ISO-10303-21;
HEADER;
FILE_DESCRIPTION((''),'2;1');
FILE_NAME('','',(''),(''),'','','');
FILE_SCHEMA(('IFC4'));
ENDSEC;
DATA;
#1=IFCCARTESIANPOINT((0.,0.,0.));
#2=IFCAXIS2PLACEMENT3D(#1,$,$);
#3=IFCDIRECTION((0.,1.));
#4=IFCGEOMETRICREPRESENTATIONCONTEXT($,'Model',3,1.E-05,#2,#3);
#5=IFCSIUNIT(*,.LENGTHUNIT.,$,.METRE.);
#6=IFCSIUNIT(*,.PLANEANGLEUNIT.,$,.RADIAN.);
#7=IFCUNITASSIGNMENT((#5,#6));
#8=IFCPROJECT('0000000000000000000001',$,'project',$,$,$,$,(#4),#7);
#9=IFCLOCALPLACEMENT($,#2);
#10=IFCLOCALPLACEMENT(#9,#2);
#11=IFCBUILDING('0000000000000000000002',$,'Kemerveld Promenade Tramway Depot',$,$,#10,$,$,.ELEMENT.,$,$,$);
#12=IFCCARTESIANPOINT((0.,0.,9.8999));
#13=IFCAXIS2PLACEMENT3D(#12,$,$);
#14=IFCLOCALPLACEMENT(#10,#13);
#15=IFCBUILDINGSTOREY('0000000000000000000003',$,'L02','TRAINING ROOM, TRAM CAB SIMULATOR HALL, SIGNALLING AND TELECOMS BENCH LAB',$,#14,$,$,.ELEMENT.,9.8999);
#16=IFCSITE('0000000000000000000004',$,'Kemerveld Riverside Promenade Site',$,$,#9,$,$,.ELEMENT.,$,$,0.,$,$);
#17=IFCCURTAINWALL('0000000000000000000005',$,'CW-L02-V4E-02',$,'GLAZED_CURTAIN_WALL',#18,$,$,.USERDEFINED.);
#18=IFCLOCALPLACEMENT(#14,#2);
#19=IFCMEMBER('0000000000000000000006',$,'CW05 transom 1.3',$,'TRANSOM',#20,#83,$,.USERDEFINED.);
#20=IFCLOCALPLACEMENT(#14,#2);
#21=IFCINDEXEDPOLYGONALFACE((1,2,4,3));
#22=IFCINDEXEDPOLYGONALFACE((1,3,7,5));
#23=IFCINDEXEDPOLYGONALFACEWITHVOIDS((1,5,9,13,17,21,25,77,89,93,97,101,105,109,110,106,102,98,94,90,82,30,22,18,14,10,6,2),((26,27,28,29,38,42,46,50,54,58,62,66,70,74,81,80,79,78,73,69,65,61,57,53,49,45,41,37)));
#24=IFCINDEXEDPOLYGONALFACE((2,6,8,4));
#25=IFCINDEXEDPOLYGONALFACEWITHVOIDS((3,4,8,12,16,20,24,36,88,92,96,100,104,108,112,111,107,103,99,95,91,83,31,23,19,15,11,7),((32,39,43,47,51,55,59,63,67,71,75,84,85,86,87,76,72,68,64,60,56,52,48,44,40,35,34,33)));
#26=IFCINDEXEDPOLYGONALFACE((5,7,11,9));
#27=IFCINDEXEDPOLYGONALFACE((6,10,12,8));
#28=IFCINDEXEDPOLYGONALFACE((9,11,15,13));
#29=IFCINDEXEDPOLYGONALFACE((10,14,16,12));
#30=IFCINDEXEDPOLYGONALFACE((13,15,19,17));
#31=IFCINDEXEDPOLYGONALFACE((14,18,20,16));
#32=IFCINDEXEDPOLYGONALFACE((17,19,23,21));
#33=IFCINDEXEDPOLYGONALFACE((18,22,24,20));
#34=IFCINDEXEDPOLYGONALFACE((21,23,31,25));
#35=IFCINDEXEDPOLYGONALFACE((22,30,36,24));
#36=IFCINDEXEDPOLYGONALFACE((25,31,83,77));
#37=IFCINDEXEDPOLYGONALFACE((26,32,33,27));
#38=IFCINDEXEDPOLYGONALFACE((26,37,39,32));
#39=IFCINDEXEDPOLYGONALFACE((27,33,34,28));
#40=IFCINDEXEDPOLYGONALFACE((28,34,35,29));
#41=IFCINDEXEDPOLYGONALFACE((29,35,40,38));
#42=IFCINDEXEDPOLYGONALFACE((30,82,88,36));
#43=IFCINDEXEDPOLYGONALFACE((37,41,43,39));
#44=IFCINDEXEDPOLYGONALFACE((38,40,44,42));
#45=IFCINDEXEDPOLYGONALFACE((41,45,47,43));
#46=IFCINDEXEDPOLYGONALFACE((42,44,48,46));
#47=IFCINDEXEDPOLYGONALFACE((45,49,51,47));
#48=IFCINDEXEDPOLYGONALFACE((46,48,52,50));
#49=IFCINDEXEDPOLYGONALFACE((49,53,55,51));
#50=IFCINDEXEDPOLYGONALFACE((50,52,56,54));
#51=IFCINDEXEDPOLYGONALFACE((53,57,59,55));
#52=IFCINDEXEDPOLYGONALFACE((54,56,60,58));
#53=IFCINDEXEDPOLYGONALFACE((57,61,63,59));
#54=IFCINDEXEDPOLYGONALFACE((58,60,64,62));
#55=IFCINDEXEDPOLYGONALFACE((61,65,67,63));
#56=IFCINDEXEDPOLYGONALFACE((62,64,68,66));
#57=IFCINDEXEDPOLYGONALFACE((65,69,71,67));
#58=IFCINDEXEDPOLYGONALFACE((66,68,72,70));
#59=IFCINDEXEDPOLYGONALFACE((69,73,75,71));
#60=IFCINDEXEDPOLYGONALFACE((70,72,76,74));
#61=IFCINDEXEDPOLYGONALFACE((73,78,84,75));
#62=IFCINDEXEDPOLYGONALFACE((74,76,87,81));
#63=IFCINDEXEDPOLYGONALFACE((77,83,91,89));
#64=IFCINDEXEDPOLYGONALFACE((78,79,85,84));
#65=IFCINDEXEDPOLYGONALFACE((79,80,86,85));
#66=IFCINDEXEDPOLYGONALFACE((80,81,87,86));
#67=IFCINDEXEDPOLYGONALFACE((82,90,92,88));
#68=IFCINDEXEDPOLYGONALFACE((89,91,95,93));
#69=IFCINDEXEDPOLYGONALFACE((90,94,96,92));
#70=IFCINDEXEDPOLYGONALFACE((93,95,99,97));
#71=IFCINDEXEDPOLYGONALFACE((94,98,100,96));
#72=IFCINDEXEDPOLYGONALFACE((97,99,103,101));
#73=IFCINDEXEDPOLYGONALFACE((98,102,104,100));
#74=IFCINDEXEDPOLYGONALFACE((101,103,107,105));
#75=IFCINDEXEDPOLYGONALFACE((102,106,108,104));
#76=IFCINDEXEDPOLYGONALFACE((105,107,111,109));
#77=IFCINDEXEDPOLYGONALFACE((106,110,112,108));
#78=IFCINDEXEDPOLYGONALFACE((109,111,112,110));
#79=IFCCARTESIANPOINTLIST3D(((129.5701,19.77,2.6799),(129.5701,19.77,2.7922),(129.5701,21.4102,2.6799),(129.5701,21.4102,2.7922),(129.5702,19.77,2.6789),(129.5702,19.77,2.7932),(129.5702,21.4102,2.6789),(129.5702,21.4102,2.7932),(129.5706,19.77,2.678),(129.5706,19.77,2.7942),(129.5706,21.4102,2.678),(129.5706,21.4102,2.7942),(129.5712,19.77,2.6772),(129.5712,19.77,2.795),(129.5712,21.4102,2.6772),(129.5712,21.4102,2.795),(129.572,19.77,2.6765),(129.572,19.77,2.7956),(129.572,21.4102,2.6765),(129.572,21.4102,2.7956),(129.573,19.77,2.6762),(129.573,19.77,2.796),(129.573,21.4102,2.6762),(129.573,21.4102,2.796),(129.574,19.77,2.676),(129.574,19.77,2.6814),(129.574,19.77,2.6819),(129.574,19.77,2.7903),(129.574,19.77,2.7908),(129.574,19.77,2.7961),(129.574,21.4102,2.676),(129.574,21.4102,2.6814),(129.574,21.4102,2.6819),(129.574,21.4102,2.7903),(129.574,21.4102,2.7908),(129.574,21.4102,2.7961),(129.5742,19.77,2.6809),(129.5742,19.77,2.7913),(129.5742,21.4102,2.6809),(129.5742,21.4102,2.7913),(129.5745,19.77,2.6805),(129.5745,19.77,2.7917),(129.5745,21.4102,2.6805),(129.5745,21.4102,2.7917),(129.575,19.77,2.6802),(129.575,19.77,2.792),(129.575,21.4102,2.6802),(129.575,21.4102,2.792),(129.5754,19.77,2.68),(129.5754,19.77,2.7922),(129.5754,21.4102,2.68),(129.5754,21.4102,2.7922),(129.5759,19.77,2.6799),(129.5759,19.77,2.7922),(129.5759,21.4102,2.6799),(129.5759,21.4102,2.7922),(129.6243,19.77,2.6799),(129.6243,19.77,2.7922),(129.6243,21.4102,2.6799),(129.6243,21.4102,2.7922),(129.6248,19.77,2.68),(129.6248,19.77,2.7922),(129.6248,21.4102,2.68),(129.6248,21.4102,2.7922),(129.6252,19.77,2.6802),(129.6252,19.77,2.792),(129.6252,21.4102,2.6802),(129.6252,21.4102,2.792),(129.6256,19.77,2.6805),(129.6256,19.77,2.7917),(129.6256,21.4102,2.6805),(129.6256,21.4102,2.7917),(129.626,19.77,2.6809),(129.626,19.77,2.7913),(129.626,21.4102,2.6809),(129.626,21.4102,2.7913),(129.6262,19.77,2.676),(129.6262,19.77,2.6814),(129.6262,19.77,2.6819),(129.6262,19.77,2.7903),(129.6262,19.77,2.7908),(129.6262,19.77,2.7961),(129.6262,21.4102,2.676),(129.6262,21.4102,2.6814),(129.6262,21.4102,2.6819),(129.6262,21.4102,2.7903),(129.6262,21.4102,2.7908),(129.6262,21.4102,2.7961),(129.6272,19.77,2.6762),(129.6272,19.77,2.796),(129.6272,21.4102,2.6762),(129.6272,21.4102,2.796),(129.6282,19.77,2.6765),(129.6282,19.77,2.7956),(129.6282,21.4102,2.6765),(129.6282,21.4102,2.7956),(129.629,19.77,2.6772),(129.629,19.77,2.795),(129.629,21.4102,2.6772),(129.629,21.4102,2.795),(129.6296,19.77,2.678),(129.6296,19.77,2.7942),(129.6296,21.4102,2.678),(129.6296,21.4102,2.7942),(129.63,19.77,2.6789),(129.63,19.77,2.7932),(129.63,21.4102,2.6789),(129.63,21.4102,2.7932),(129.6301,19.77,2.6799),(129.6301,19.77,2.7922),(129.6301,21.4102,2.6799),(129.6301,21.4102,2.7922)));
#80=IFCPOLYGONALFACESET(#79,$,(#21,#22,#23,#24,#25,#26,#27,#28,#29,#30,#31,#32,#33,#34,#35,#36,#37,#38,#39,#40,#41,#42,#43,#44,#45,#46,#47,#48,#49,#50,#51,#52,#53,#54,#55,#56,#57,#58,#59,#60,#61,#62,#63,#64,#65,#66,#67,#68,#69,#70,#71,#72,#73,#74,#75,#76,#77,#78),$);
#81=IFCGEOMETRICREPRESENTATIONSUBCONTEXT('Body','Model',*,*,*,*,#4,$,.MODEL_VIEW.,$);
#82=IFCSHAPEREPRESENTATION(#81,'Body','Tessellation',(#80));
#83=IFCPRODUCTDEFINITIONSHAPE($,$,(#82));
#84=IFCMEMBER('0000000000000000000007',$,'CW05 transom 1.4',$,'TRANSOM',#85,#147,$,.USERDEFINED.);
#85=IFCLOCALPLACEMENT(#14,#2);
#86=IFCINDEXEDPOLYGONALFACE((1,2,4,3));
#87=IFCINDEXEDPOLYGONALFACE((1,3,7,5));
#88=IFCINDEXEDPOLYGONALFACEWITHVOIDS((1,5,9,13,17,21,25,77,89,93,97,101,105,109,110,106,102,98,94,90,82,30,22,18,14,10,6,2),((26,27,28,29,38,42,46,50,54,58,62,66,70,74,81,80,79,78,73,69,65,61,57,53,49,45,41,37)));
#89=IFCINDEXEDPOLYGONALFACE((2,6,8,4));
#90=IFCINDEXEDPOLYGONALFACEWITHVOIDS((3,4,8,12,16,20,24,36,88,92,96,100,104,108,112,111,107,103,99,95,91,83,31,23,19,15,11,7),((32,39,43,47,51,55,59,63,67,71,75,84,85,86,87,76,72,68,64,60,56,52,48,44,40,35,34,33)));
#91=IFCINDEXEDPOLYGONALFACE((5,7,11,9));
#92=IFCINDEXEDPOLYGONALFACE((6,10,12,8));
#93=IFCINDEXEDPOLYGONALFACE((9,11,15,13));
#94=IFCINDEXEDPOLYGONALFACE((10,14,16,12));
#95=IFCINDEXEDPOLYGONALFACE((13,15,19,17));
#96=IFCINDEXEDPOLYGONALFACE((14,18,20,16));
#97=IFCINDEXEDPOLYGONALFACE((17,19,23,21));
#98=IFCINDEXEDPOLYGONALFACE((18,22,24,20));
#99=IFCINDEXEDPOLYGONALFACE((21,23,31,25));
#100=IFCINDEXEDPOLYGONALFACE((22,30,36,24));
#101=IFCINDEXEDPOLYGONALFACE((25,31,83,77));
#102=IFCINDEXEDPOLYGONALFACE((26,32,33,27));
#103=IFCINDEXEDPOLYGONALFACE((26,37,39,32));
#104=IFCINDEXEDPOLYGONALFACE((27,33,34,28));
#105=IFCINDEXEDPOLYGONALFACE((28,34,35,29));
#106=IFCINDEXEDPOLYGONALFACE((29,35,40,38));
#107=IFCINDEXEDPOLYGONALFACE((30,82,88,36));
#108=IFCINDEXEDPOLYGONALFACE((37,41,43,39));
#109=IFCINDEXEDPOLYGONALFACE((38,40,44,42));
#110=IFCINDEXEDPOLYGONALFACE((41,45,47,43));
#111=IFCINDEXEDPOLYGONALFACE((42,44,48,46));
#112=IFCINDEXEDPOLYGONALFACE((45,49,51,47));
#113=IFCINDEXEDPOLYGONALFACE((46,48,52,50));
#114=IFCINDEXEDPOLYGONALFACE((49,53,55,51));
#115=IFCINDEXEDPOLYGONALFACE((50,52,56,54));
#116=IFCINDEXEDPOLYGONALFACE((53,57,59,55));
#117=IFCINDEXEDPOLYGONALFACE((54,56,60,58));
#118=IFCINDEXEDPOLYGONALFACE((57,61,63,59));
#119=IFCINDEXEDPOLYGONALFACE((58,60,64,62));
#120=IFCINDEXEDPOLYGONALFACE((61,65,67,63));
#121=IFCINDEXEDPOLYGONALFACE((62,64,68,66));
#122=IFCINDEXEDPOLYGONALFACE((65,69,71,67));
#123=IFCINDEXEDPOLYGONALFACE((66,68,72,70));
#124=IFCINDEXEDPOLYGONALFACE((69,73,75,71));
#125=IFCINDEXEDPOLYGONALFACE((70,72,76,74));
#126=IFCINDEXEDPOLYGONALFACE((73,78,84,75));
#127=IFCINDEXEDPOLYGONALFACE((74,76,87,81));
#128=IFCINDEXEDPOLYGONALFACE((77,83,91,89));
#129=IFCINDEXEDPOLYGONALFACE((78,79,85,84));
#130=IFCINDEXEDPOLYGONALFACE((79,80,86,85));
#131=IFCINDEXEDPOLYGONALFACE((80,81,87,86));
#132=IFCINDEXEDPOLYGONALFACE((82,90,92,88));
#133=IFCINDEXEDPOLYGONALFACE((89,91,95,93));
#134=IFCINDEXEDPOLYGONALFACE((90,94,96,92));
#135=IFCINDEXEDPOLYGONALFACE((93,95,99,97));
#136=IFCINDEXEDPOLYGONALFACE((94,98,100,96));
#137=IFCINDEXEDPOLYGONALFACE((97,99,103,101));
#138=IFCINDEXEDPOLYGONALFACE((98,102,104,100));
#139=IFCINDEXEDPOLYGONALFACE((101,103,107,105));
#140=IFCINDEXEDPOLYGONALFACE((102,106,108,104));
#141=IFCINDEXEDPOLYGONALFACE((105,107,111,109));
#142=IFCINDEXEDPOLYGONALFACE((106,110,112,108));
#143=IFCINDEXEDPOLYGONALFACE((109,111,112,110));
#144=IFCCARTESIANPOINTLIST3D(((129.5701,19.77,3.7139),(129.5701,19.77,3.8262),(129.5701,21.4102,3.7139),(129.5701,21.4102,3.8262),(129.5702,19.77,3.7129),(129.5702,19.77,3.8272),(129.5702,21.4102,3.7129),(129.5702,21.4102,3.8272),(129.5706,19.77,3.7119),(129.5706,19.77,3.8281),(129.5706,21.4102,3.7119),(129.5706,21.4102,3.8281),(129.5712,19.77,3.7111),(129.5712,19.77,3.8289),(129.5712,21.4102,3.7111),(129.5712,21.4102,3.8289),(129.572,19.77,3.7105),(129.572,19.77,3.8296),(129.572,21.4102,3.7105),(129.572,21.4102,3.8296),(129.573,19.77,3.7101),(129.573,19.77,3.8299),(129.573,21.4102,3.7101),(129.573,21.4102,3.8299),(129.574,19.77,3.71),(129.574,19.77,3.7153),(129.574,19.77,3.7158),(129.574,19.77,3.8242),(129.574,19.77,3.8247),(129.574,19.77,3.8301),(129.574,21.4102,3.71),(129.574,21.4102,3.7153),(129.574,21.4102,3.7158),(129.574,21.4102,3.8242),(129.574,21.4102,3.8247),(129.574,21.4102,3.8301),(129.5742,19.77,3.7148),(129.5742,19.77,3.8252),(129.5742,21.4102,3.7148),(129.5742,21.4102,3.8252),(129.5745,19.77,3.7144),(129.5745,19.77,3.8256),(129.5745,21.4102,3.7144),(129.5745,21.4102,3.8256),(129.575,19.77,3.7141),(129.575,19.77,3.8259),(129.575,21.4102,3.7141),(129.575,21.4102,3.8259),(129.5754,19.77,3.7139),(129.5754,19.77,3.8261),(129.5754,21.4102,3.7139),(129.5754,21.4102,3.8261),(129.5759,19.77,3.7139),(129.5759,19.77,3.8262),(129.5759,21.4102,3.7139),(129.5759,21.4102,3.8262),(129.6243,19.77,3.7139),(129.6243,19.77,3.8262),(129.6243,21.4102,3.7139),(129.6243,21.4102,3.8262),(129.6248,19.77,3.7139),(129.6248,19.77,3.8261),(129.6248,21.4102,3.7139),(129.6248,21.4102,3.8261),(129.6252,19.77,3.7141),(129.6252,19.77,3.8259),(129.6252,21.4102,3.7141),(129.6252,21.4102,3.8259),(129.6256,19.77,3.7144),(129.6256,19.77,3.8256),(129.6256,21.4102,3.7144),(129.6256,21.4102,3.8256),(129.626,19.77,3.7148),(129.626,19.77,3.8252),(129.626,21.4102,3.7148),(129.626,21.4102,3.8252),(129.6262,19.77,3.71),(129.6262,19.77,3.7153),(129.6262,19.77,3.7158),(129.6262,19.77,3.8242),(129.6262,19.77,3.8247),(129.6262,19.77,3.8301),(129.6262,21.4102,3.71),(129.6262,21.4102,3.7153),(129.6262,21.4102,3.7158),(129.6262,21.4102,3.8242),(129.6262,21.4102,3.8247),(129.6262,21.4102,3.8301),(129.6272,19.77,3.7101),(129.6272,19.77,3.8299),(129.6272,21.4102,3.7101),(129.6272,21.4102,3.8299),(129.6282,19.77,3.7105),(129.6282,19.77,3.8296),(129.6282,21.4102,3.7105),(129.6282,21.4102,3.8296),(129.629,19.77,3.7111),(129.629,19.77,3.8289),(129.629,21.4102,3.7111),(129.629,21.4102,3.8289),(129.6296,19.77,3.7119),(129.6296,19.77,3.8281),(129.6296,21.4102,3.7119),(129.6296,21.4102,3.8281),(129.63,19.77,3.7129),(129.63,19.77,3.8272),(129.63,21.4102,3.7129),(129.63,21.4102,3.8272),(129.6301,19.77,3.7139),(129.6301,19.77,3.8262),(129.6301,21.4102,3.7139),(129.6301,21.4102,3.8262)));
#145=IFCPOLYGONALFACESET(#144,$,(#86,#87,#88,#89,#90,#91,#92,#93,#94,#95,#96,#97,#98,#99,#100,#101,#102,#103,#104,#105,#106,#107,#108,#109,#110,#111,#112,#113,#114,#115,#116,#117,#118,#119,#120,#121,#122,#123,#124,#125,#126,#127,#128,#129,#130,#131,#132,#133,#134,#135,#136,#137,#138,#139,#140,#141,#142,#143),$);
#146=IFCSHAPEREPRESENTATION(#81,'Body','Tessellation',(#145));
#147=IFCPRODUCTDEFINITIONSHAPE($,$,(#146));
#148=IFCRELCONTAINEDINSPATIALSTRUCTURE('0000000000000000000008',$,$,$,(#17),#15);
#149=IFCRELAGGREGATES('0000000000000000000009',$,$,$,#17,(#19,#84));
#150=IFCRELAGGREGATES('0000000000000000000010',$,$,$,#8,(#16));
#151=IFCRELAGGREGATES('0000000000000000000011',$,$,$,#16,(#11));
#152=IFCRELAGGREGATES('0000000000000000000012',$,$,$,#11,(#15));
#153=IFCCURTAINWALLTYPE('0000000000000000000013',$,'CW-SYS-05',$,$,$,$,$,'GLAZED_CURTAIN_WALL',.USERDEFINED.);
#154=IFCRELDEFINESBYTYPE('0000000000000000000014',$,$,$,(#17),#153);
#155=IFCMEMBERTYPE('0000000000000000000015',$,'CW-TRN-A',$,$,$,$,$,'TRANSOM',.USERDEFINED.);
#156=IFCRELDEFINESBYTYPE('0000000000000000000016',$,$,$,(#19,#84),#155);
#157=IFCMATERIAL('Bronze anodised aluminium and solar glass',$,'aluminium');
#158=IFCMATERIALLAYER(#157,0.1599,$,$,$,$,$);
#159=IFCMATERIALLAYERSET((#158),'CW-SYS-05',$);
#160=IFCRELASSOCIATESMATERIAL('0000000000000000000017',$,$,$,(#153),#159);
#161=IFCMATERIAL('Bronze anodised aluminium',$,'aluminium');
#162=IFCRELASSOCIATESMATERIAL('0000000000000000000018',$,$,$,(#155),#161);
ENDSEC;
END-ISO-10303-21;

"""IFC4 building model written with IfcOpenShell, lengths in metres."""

from ifc_helpers import new_model, si_unit, direction, frame, origin, origin_2d, place, context, subcontext, project, spatial, hollow_rectangle, extrude, material, layer, layer_set, material_profile, profile_set, type_object, element, aggregate, save


model = new_model("IFC4")

# Units and contexts
model_context = context("Model", 3, precision=1e-05, world=origin(), true_north=direction((0.0, 1.0)))
body_context = subcontext(model_context, "Body", "Model", "MODEL_VIEW")
ifc_project = project(units=[si_unit("LENGTHUNIT", "METRE"), si_unit("PLANEANGLEUNIT", "RADIAN")], contexts=[model_context])

# Site, building, storey
site_placement = place(None, origin())
site = spatial("IfcSite", under=ifc_project, at=site_placement, Name="Kemerveld Riverside Promenade Site", CompositionType="ELEMENT", RefElevation=0.0)
building_placement = place(site_placement, origin())
building = spatial("IfcBuilding", under=site, at=building_placement, Name="Kemerveld Promenade Tramway Depot", CompositionType="ELEMENT")
storey_placement = place(building_placement, frame((0.0, 0.0, 9.8999)))
storey = spatial("IfcBuildingStorey", under=building, at=storey_placement, Name="L02", Description="TRAINING ROOM, TRAM CAB SIMULATOR HALL, SIGNALLING AND TELECOMS BENCH LAB", CompositionType="ELEMENT", Elevation=9.8999)

# Shared definitions
ifc_material_1 = material(Name="Bronze anodised aluminium and solar glass", Category="aluminium")
ifc_material_2 = material(Name="Bronze anodised aluminium", Category="aluminium")

# Curtain wall, members
ifc_layer_1 = layer(ifc_material_1, 0.1599)
ifc_layer_set_1 = layer_set([ifc_layer_1], Name="CW-SYS-05")
curtain_wall_type_1 = type_object("IfcCurtainWallType", Name="CW-SYS-05", ElementType="GLAZED_CURTAIN_WALL", PredefinedType="USERDEFINED", material=ifc_layer_set_1)
curtain_wall_1_placement = place(storey_placement, origin())
curtain_wall_1 = element("IfcCurtainWall", 1, at=curtain_wall_1_placement, inside=storey, type_object=curtain_wall_type_1, Name="CW-L02-V4E-02", ObjectType="GLAZED_CURTAIN_WALL", PredefinedType="USERDEFINED")
ifc_material_profile_1 = material_profile(ifc_material_2, hollow_rectangle(XDim=0.0601, YDim=0.1201, WallThickness=0.0039, InnerFilletRadius=0.002, OuterFilletRadius=0.0039, at=origin_2d()), Name="CW-TRN-120x60")
ifc_profile_set_1 = profile_set([ifc_material_profile_1], Name="Bronze anodised aluminium")
member_type_1 = type_object("IfcMemberType", Name="CW-TRN-A", ElementType="TRANSOM", PredefinedType="USERDEFINED", material=ifc_profile_set_1)
member_1_placement = place(storey_placement, frame((129.6001, 21.4102, 2.7361), z_axis=(0.0, -1.0, 0.0), x_axis=(1.0, 0.0, 0.0)))
member_1 = element("IfcMember", 2, at=member_1_placement, type_object=member_type_1, Name="CW05 transom 1.3", ObjectType="TRANSOM", PredefinedType="USERDEFINED", context=body_context, shape_type="SweptSolid", body=[
    extrude(hollow_rectangle(XDim=0.0601, YDim=0.1201, WallThickness=0.0039, InnerFilletRadius=0.002, OuterFilletRadius=0.0039, at=origin_2d()), origin(), (0.0, 0.0, 1.0), 1.6401),
])
member_2_placement = place(storey_placement, frame((129.6001, 21.4102, 3.77), z_axis=(0.0, -1.0, 0.0), x_axis=(1.0, 0.0, 0.0)))
member_2 = element("IfcMember", 3, at=member_2_placement, type_object=member_type_1, Name="CW05 transom 1.4", ObjectType="TRANSOM", PredefinedType="USERDEFINED", context=body_context, shape_type="SweptSolid", body=[
    extrude(hollow_rectangle(XDim=0.0601, YDim=0.1201, WallThickness=0.0039, InnerFilletRadius=0.002, OuterFilletRadius=0.0039, at=origin_2d()), origin(), (0.0, 0.0, 1.0), 1.6401),
])

aggregate(curtain_wall_1, [member_1, member_2])

save(model, "model.ifc")
